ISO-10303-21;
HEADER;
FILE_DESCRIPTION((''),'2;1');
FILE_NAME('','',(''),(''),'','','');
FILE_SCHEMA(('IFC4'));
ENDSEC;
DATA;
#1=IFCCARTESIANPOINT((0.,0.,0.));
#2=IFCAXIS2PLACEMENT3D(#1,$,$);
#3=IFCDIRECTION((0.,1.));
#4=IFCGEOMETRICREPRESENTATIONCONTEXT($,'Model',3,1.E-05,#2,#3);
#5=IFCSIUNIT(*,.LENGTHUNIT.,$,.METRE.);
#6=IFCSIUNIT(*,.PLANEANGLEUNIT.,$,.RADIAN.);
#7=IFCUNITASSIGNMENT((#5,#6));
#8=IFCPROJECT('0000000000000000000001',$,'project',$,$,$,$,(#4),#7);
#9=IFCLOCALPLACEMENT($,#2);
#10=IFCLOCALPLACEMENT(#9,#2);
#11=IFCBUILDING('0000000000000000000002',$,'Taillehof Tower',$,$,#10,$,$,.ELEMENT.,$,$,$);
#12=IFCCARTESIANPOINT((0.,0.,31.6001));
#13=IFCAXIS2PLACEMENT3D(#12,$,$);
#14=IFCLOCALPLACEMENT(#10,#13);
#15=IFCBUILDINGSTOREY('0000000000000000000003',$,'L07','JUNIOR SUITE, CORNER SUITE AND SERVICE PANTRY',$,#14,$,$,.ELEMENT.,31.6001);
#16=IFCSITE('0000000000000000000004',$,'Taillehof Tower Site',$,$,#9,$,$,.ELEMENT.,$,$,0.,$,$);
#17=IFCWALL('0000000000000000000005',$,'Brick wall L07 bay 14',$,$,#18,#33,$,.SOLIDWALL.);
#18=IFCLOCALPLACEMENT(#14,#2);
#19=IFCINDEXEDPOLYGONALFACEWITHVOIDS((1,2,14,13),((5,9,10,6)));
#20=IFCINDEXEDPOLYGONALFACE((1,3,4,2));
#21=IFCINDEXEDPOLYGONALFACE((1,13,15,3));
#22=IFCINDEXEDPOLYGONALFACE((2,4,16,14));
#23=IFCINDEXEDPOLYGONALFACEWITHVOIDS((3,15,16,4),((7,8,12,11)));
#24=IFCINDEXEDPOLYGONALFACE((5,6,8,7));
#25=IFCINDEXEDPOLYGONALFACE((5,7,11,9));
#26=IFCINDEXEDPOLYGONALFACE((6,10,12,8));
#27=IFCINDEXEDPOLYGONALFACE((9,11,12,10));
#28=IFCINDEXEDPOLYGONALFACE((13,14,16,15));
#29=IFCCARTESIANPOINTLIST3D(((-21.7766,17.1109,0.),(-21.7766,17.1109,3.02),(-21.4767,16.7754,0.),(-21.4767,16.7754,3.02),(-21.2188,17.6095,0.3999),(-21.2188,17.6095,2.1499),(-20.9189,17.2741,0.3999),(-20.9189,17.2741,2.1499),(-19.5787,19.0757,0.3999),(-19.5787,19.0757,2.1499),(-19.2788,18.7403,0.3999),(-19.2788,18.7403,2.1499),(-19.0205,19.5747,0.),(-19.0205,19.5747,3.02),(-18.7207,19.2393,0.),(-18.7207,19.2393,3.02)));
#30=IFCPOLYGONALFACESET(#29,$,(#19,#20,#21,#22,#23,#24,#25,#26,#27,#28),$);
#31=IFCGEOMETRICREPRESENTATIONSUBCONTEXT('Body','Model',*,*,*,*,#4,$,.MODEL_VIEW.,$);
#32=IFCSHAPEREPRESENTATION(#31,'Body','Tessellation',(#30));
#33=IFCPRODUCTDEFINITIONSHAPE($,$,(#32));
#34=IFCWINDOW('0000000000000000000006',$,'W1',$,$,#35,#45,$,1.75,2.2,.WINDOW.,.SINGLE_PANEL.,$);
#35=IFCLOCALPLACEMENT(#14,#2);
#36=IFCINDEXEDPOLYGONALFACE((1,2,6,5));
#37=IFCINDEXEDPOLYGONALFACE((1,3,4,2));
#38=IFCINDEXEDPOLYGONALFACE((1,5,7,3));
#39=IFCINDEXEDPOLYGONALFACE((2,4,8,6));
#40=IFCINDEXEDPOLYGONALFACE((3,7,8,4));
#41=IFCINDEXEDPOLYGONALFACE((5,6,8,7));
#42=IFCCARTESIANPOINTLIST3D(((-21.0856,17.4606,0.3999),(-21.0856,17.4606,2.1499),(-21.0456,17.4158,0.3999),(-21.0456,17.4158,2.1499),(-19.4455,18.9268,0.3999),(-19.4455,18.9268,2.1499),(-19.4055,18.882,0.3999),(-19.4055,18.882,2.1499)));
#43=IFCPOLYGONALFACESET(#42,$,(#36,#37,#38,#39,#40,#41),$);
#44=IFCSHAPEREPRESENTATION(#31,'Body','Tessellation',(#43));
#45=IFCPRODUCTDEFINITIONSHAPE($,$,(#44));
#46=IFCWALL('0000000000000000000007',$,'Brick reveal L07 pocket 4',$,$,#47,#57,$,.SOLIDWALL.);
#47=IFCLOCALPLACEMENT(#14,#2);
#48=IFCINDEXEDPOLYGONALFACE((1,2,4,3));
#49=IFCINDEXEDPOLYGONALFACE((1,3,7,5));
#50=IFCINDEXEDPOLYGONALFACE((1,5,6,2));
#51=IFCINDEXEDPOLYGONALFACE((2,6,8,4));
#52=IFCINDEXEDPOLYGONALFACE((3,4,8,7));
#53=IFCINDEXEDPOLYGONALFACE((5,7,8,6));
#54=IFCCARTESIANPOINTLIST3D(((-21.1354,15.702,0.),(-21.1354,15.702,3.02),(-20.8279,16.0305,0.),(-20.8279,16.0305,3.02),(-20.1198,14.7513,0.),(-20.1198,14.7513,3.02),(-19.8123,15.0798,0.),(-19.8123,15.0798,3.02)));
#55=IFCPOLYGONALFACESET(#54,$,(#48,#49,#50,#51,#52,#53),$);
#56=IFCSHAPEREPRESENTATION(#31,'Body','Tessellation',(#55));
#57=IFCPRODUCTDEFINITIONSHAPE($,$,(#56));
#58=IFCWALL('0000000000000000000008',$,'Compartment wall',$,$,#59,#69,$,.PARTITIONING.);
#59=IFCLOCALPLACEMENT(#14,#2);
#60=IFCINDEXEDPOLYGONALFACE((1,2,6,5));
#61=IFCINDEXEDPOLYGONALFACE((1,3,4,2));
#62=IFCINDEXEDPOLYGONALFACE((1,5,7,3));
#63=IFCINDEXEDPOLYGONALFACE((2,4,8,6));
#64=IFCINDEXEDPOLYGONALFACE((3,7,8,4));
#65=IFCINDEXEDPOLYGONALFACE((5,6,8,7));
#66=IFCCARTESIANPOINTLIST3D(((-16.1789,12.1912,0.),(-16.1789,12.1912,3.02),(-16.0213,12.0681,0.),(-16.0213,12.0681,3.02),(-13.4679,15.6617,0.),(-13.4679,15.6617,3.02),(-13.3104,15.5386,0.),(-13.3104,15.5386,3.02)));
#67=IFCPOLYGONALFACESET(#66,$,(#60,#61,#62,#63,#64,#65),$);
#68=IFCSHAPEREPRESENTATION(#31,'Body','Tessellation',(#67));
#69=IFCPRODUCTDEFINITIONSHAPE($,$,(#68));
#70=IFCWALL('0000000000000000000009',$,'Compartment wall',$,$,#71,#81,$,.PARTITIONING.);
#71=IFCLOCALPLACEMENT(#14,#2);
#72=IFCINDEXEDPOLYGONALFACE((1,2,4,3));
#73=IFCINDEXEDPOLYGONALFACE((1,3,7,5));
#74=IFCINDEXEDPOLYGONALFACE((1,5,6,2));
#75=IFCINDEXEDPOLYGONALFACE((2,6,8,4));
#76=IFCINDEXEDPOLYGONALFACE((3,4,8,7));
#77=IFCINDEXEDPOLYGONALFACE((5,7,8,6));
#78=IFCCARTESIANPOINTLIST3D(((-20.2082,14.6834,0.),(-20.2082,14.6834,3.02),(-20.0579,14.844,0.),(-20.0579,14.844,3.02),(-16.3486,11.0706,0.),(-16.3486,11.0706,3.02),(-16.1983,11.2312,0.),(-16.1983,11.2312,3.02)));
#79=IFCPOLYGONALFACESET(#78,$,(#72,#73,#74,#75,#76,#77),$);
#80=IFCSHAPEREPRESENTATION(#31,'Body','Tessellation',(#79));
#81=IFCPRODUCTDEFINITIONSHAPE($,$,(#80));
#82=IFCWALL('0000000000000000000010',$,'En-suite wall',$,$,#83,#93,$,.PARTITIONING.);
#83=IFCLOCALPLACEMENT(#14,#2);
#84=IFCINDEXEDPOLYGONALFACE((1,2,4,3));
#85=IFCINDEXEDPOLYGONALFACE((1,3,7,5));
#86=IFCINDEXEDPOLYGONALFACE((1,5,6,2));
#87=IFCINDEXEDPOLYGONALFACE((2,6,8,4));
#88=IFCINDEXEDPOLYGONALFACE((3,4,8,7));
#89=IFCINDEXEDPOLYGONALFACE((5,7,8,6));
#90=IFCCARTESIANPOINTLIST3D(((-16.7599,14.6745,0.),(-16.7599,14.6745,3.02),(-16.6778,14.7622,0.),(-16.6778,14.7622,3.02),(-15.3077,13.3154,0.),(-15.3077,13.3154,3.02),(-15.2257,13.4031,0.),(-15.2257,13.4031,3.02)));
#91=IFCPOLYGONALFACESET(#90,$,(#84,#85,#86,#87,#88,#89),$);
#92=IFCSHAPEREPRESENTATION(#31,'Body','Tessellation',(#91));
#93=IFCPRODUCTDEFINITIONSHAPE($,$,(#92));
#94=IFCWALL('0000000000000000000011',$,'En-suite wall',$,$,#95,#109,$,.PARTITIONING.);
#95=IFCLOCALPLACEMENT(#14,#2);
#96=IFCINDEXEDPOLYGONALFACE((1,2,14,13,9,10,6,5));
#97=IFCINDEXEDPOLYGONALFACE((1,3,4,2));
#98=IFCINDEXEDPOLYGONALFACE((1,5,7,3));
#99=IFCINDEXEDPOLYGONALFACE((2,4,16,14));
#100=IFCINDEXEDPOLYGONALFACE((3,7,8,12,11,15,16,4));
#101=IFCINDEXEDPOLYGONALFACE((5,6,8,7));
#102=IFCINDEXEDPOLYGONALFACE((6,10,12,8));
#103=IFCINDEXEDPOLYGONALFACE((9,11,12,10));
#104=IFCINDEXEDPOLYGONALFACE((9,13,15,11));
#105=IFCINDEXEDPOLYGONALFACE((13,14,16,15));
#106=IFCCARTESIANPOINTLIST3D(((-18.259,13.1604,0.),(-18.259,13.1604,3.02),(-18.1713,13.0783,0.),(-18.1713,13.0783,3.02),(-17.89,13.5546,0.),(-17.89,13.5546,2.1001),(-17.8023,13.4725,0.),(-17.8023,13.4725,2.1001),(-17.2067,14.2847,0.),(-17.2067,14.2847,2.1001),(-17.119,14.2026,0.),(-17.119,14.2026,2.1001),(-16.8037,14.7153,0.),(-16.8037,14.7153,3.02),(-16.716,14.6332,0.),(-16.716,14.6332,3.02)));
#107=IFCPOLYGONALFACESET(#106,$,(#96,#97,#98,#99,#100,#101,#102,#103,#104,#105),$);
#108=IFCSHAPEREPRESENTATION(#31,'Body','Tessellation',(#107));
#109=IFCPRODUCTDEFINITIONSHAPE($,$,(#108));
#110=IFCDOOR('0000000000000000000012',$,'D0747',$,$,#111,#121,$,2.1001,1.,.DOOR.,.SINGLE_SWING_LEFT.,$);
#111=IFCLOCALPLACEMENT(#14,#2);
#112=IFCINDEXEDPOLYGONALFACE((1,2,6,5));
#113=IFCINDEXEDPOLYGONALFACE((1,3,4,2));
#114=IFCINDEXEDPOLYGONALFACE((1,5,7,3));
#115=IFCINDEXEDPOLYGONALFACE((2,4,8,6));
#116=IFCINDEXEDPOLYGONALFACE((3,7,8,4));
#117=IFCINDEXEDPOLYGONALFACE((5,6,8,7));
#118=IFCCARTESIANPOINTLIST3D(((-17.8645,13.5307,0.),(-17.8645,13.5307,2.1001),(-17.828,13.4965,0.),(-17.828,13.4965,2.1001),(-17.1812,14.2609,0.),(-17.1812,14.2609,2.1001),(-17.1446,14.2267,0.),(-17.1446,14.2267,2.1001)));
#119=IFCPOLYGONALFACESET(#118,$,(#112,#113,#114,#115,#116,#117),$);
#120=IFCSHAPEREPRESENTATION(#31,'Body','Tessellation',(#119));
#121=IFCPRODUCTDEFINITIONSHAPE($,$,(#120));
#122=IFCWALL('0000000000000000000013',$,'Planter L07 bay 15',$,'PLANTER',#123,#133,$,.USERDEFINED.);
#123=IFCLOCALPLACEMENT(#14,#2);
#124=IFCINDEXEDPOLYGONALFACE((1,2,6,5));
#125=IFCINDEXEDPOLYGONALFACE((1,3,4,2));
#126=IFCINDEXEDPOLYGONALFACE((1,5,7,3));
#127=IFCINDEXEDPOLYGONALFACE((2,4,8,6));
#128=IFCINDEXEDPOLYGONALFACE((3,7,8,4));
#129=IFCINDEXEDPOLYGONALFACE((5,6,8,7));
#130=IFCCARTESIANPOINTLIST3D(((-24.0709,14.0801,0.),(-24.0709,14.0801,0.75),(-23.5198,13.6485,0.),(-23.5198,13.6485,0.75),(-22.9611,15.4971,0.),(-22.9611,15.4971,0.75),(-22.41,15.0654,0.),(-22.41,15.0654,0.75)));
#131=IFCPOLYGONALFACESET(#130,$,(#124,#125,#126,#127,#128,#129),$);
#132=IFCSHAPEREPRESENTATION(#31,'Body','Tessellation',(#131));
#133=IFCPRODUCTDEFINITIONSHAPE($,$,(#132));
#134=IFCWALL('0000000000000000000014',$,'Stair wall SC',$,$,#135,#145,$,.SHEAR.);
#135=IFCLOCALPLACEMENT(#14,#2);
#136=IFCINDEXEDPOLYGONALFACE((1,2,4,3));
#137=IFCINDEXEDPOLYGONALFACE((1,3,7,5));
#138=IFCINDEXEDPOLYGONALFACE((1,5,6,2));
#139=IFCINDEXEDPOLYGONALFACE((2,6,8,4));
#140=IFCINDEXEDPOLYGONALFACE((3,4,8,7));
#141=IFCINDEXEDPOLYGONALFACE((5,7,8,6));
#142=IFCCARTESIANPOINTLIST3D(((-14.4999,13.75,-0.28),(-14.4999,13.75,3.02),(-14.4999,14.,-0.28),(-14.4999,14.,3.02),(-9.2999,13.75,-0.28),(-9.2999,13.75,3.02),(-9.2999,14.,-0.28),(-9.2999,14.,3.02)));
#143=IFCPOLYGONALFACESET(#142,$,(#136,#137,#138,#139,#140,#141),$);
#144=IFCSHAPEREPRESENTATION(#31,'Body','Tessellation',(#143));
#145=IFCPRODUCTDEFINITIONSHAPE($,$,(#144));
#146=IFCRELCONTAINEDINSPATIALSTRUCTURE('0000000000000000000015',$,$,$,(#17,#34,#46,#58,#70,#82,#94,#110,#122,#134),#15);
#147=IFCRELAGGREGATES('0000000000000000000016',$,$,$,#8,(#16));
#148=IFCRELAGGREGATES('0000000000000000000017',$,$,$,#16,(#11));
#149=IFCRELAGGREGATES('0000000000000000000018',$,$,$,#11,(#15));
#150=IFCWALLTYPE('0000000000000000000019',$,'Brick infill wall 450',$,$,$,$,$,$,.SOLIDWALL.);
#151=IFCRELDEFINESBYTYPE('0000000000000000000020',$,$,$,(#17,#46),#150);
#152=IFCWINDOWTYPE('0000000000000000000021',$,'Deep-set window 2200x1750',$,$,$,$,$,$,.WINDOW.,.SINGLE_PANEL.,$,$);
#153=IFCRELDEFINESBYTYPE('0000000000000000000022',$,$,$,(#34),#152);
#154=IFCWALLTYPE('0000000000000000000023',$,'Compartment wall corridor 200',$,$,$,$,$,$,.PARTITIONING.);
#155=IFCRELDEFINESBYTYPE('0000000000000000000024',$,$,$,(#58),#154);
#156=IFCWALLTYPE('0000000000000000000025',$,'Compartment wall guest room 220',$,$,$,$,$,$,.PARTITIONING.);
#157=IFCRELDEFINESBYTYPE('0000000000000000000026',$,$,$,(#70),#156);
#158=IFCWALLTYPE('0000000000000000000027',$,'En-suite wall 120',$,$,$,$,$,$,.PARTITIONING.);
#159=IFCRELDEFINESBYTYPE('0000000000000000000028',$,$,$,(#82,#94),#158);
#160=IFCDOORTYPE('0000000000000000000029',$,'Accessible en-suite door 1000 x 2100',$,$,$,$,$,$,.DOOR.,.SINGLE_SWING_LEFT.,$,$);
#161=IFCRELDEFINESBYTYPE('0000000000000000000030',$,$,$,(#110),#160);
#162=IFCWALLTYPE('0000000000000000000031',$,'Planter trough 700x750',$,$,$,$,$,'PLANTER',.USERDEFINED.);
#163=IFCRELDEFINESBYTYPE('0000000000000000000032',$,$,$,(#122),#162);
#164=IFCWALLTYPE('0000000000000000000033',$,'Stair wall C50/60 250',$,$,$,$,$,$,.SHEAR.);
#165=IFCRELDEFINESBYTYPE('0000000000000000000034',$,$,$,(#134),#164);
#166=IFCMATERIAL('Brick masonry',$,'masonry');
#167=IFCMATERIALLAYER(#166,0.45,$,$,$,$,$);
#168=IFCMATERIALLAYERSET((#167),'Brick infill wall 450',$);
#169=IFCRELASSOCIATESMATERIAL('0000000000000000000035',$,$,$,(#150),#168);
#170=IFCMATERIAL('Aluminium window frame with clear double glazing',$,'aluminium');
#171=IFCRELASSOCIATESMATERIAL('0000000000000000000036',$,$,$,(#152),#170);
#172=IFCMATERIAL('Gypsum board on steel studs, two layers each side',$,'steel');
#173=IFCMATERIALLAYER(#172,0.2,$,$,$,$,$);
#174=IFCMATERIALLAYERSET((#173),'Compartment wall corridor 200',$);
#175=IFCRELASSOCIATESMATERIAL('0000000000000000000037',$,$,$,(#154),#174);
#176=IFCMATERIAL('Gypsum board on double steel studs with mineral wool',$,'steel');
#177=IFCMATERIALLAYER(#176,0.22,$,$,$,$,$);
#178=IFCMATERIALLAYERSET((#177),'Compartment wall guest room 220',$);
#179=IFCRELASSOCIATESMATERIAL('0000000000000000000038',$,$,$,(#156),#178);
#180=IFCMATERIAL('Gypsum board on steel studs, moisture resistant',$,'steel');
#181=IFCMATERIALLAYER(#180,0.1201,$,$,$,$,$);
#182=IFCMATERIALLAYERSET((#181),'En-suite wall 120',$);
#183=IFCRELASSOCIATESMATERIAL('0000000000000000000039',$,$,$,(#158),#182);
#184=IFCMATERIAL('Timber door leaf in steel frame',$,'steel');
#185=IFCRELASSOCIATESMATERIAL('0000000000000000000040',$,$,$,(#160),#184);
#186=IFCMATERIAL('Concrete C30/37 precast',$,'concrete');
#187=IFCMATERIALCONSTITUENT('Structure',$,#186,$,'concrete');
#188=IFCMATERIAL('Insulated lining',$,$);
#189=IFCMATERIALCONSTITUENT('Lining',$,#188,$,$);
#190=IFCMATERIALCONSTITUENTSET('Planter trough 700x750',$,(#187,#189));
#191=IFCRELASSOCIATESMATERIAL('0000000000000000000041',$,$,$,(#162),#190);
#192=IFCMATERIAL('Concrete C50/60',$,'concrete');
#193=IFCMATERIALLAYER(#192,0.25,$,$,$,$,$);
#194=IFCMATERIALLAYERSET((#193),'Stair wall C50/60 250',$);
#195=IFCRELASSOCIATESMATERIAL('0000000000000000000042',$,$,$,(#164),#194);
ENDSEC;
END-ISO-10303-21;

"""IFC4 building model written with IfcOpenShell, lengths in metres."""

from ifc_helpers import new_model, si_unit, direction, frame, frame_2d, origin, place, context, subcontext, project, spatial, rectangle, extrude, material, layer, layer_set, constituent, constituent_set, type_object, element, fill, save


model = new_model("IFC4")

# Units and contexts
model_context = context("Model", 3, precision=1e-05, world=origin(), true_north=direction((0.0, 1.0)))
body_context = subcontext(model_context, "Body", "Model", "MODEL_VIEW")
ifc_project = project(units=[si_unit("LENGTHUNIT", "METRE"), si_unit("PLANEANGLEUNIT", "RADIAN")], contexts=[model_context])

# Site, building, storey
site_placement = place(None, origin())
site = spatial("IfcSite", under=ifc_project, at=site_placement, Name="Taillehof Tower Site", CompositionType="ELEMENT", RefElevation=0.0)
building_placement = place(site_placement, origin())
building = spatial("IfcBuilding", under=site, at=building_placement, Name="Taillehof Tower", CompositionType="ELEMENT")
storey_placement = place(building_placement, frame((0.0, 0.0, 31.6001)))
storey = spatial("IfcBuildingStorey", under=building, at=storey_placement, Name="L07", Description="JUNIOR SUITE, CORNER SUITE AND SERVICE PANTRY", CompositionType="ELEMENT", Elevation=31.6001)

# Wall, opening, window
ifc_material_1 = material(Name="Brick masonry", Category="masonry")
ifc_layer_1 = layer(ifc_material_1, 0.45)
ifc_layer_set_1 = layer_set([ifc_layer_1], Name="Brick infill wall 450")
wall_type_1 = type_object("IfcWallType", Name="Brick infill wall 450", PredefinedType="SOLIDWALL", material=ifc_layer_set_1)
ifc_material_2 = material(Name="Aluminium window frame with clear double glazing", Category="aluminium")
window_type_1 = type_object("IfcWindowType", Name="Deep-set window 2200x1750", PartitioningType="SINGLE_PANEL", PredefinedType="WINDOW", material=ifc_material_2)
wall_1_placement = place(storey_placement, frame((-18.8706, 19.407, 0.0), z_axis=(0.0, 0.0, 1.0), x_axis=(-0.745526, -0.666476, 0.0)))
wall_1 = element("IfcWall", 1, at=wall_1_placement, inside=storey, type_object=wall_type_1, Name="Brick wall L07 bay 14", PredefinedType="SOLIDWALL", context=body_context, shape_type="SweptSolid", body=[
    extrude(rectangle(XDim=3.6968, YDim=0.45, at=frame_2d((1.8484, 0.0))), origin(), (0.0, 0.0, 1.0), 3.02),
])
opening_1_placement = place(wall_1_placement, frame((0.7485, 0.0, 0.3999)))
opening_1 = element("IfcOpeningElement", 2, at=opening_1_placement, cuts=wall_1, PredefinedType="OPENING", context=body_context, shape_type="SweptSolid", body=[
    extrude(rectangle(XDim=2.2, YDim=1.75, at=frame_2d((1.1001, 0.875))), frame((0.0, 0.2349, 0.0), z_axis=(0.0, -1.0, 0.0), x_axis=(1.0, 0.0, 0.0)), (0.0, 0.0, 1.0), 0.47),
])
window_1_placement = place(opening_1_placement, origin())
window_1 = element("IfcWindow", 3, at=window_1_placement, inside=storey, type_object=window_type_1, Name="W1", OverallHeight=1.75, OverallWidth=2.2, PartitioningType="SINGLE_PANEL", PredefinedType="WINDOW", context=body_context, shape_type="SweptSolid", body=[
    extrude(rectangle(XDim=2.2, YDim=1.75, at=frame_2d((1.1001, 0.875))), frame((0.0, 0.0349, 0.0), z_axis=(0.0, -1.0, 0.0), x_axis=(1.0, 0.0, 0.0)), (0.0, 0.0, 1.0), 0.0601),
])
fill(opening_1, window_1)

# Wall
wall_2_placement = place(storey_placement, frame((-20.9817, 15.8662, 0.0), z_axis=(0.0, 0.0, 1.0), x_axis=(0.730062, -0.683381, 0.0)))
element("IfcWall", 4, at=wall_2_placement, inside=storey, type_object=wall_type_1, Name="Brick reveal L07 pocket 4", PredefinedType="SOLIDWALL", context=body_context, shape_type="SweptSolid", body=[
    extrude(rectangle(XDim=1.3911, YDim=0.45, at=frame_2d((0.6956, 0.0))), origin(), (0.0, 0.0, 1.0), 3.02),
])

# Walls
ifc_material_3 = material(Name="Gypsum board on steel studs, two layers each side", Category="steel")
ifc_layer_2 = layer(ifc_material_3, 0.2)
ifc_layer_set_2 = layer_set([ifc_layer_2], Name="Compartment wall corridor 200")
wall_type_2 = type_object("IfcWallType", Name="Compartment wall corridor 200", PredefinedType="PARTITIONING", material=ifc_layer_set_2)
wall_3_placement = place(storey_placement, frame((-16.1001, 12.1296, 0.0), z_axis=(0.0, 0.0, 1.0), x_axis=(0.615593, 0.788064, 0.0)))
element("IfcWall", 5, at=wall_3_placement, inside=storey, type_object=wall_type_2, Name="Compartment wall", PredefinedType="PARTITIONING", context=body_context, shape_type="SweptSolid", body=[
    extrude(rectangle(XDim=4.4038, YDim=0.2, at=frame_2d((2.2019, 0.0))), origin(), (0.0, 0.0, 1.0), 3.02),
])
ifc_material_4 = material(Name="Gypsum board on double steel studs with mineral wool", Category="steel")
ifc_layer_3 = layer(ifc_material_4, 0.22)
ifc_layer_set_3 = layer_set([ifc_layer_3], Name="Compartment wall guest room 220")
wall_type_3 = type_object("IfcWallType", Name="Compartment wall guest room 220", PredefinedType="PARTITIONING", material=ifc_layer_set_3)
wall_4_placement = place(storey_placement, frame((-20.1331, 14.7637, 0.0), z_axis=(0.0, 0.0, 1.0), x_axis=(0.730066, -0.683377, 0.0)))
element("IfcWall", 6, at=wall_4_placement, inside=storey, type_object=wall_type_3, Name="Compartment wall", PredefinedType="PARTITIONING", context=body_context, shape_type="SweptSolid", body=[
    extrude(rectangle(XDim=5.2866, YDim=0.22, at=frame_2d((2.6433, 0.0))), origin(), (0.0, 0.0, 1.0), 3.02),
])
ifc_material_5 = material(Name="Gypsum board on steel studs, moisture resistant", Category="steel")
ifc_layer_4 = layer(ifc_material_5, 0.1201)
ifc_layer_set_4 = layer_set([ifc_layer_4], Name="En-suite wall 120")
wall_type_4 = type_object("IfcWallType", Name="En-suite wall 120", PredefinedType="PARTITIONING", material=ifc_layer_set_4)
wall_5_placement = place(storey_placement, frame((-15.2666, 13.3591, 0.0), z_axis=(0.0, 0.0, 1.0), x_axis=(-0.730103, 0.683337, 0.0)))
element("IfcWall", 7, at=wall_5_placement, inside=storey, type_object=wall_type_4, Name="En-suite wall", PredefinedType="PARTITIONING", context=body_context, shape_type="SweptSolid", body=[
    extrude(rectangle(XDim=1.989, YDim=0.1201, at=frame_2d((0.9946, 0.0))), origin(), (0.0, 0.0, 1.0), 3.02),
])

# Wall, opening, door
wall_6_placement = place(storey_placement, frame((-16.7598, 14.6743, 0.0), z_axis=(0.0, 0.0, 1.0), x_axis=(-0.683335, -0.730105, 0.0)))
wall_6 = element("IfcWall", 8, at=wall_6_placement, inside=storey, type_object=wall_type_4, Name="En-suite wall", PredefinedType="PARTITIONING", context=body_context, shape_type="SweptSolid", body=[
    extrude(rectangle(XDim=2.1296, YDim=0.1201, at=frame_2d((1.0649, 0.0))), origin(), (0.0, 0.0, 1.0), 3.02),
])
opening_2_placement = place(wall_6_placement, frame((0.5898, 0.0, 0.0)))
opening_2 = element("IfcOpeningElement", 9, at=opening_2_placement, cuts=wall_6, PredefinedType="OPENING", context=body_context, shape_type="SweptSolid", body=[
    extrude(rectangle(XDim=1.0, YDim=2.1001, at=frame_2d((0.5, 1.05))), frame((0.0, 0.0701, 0.0), z_axis=(0.0, -1.0, 0.0), x_axis=(1.0, 0.0, 0.0)), (0.0, 0.0, 1.0), 0.1401),
])
ifc_material_6 = material(Name="Timber door leaf in steel frame", Category="steel")
door_type_1 = type_object("IfcDoorType", Name="Accessible en-suite door 1000 x 2100", OperationType="SINGLE_SWING_LEFT", PredefinedType="DOOR", material=ifc_material_6)
door_1_placement = place(opening_2_placement, origin())
door_1 = element("IfcDoor", 10, at=door_1_placement, inside=storey, type_object=door_type_1, Name="D0747", OperationType="SINGLE_SWING_LEFT", OverallHeight=2.1001, OverallWidth=1.0, PredefinedType="DOOR", context=body_context, shape_type="SweptSolid", body=[
    extrude(rectangle(XDim=1.0, YDim=2.1001, at=frame_2d((0.5, 1.05))), frame((0.0, 0.0249, 0.0), z_axis=(0.0, -1.0, 0.0), x_axis=(1.0, 0.0, 0.0)), (0.0, 0.0, 1.0), 0.05),
])
fill(opening_2, door_1)

# Walls
ifc_material_7 = material(Name="Concrete C30/37 precast", Category="concrete")
ifc_constituent_1 = constituent(ifc_material_7, Name="Structure", Category="concrete")
ifc_material_8 = material(Name="Insulated lining")
ifc_constituent_2 = constituent(ifc_material_8, Name="Lining")
ifc_constituent_set = constituent_set(constituents=[ifc_constituent_1, ifc_constituent_2], Name="Planter trough 700x750")
wall_type_5 = type_object("IfcWallType", Name="Planter trough 700x750", ElementType="PLANTER", PredefinedType="USERDEFINED", material=ifc_constituent_set)
wall_7_placement = place(storey_placement, frame((-22.6855, 15.2812, 0.0), z_axis=(0.0, 0.0, 1.0), x_axis=(-0.616623, -0.787259, 0.0)))
element("IfcWall", 11, at=wall_7_placement, inside=storey, type_object=wall_type_5, Name="Planter L07 bay 15", ObjectType="PLANTER", PredefinedType="USERDEFINED", context=body_context, shape_type="SweptSolid", body=[
    extrude(rectangle(XDim=1.7998, YDim=0.7, at=frame_2d((0.8999, 0.0))), origin(), (0.0, 0.0, 1.0), 0.75),
])
ifc_material_9 = material(Name="Concrete C50/60", Category="concrete")
ifc_layer_5 = layer(ifc_material_9, 0.25)
ifc_layer_set_5 = layer_set([ifc_layer_5], Name="Stair wall C50/60 250")
wall_type_6 = type_object("IfcWallType", Name="Stair wall C50/60 250", PredefinedType="SHEAR", material=ifc_layer_set_5)
wall_8_placement = place(storey_placement, frame((-14.5, 13.875, -0.28), z_axis=(0.0, 0.0, 1.0), x_axis=(1.0, 0.0, 0.0)))
element("IfcWall", 12, at=wall_8_placement, inside=storey, type_object=wall_type_6, Name="Stair wall SC", PredefinedType="SHEAR", context=body_context, shape_type="SweptSolid", body=[
    extrude(rectangle(XDim=5.2, YDim=0.25, at=frame_2d((2.6001, 0.0))), origin(), (0.0, 0.0, 1.0), 3.3),
])

save(model, "model.ifc")
